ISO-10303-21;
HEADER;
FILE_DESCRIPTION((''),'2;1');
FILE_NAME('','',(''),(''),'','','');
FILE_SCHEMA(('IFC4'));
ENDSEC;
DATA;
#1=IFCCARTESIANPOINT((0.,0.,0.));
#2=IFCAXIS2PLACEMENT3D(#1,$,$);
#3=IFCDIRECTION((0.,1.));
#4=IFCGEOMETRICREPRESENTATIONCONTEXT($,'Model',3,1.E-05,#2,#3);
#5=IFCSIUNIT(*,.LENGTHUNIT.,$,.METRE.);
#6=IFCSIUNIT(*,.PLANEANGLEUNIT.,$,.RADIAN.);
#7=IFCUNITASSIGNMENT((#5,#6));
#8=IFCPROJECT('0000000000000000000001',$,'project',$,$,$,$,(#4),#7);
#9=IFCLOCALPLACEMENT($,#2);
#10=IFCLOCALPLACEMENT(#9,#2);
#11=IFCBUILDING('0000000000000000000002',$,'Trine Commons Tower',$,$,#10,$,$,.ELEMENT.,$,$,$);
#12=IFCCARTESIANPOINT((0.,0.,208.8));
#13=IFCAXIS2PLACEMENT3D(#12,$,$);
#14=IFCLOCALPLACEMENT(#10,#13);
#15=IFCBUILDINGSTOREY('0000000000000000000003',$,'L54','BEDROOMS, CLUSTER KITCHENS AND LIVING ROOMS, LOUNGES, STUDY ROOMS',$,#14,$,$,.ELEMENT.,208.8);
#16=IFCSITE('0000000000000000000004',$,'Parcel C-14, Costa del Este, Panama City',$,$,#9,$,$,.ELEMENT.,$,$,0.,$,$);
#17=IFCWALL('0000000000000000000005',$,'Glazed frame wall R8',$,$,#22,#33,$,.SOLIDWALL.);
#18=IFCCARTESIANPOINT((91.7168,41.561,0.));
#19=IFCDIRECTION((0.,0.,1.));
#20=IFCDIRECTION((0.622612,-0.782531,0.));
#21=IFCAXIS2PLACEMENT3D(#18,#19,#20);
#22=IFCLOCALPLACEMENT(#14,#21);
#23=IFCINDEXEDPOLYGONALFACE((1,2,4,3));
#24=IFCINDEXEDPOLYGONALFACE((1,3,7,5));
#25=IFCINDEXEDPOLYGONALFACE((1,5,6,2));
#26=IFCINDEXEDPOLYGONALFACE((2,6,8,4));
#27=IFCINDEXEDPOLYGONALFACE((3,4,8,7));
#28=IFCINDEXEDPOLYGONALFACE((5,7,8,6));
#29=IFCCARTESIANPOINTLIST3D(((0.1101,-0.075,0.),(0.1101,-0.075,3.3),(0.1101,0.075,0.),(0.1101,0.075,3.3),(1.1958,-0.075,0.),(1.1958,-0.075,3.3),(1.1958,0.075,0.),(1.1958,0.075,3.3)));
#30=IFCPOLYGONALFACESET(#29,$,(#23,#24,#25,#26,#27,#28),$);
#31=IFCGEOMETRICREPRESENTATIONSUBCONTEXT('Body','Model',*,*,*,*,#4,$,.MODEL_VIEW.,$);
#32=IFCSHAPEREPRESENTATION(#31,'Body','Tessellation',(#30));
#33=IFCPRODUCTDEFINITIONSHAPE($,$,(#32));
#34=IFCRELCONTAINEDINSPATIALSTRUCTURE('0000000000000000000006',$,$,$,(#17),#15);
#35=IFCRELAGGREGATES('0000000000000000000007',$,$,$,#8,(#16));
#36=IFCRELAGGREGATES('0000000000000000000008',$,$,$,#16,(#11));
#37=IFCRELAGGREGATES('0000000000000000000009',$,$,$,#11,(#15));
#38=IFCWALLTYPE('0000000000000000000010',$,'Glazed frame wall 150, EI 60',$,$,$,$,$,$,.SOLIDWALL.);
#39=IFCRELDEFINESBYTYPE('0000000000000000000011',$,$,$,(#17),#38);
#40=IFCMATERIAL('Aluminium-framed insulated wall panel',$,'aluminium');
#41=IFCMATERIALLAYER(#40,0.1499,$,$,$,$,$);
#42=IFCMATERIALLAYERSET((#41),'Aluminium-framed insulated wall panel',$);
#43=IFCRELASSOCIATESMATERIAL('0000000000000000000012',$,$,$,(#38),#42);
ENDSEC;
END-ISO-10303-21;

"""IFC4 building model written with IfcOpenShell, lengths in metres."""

from ifc_helpers import new_model, si_unit, direction, frame, origin, place, context, subcontext, project, spatial, polyline, outline, extrude, material, layer, layer_set, type_object, element, save


model = new_model("IFC4")

# Units and contexts
model_context = context("Model", 3, precision=1e-05, world=origin(), true_north=direction((0.0, 1.0)))
body_context = subcontext(model_context, "Body", "Model", "MODEL_VIEW")
ifc_project = project(units=[si_unit("LENGTHUNIT", "METRE"), si_unit("PLANEANGLEUNIT", "RADIAN")], contexts=[model_context])

# Site, building, storey
site_placement = place(None, origin())
site = spatial("IfcSite", under=ifc_project, at=site_placement, Name="Parcel C-14, Costa del Este, Panama City", CompositionType="ELEMENT", RefElevation=0.0)
building_placement = place(site_placement, origin())
building = spatial("IfcBuilding", under=site, at=building_placement, Name="Trine Commons Tower", CompositionType="ELEMENT")
storey_placement = place(building_placement, frame((0.0, 0.0, 208.8)))
storey = spatial("IfcBuildingStorey", under=building, at=storey_placement, Name="L54", Description="BEDROOMS, CLUSTER KITCHENS AND LIVING ROOMS, LOUNGES, STUDY ROOMS", CompositionType="ELEMENT", Elevation=208.8)

# Wall
ifc_material_1 = material(Name="Aluminium-framed insulated wall panel", Category="aluminium")
ifc_layer_1 = layer(ifc_material_1, 0.1499)
ifc_layer_set_1 = layer_set([ifc_layer_1], Name="Aluminium-framed insulated wall panel")
wall_type_1 = type_object("IfcWallType", Name="Glazed frame wall 150, EI 60", PredefinedType="SOLIDWALL", material=ifc_layer_set_1)
wall_1_placement = place(storey_placement, frame((91.7168, 41.561, 0.0), z_axis=(0.0, 0.0, 1.0), x_axis=(0.622612, -0.782531, 0.0)))
element("IfcWall", 1, at=wall_1_placement, inside=storey, type_object=wall_type_1, Name="Glazed frame wall R8", PredefinedType="SOLIDWALL", context=body_context, shape_type="SweptSolid", body=[
    extrude(outline(polyline([(0.1101, 0.075), (0.1101, -0.075), (1.1958, -0.075), (1.1958, 0.075), (0.1101, 0.075)])), origin(), (0.0, 0.0, 1.0), 3.3),
])

save(model, "model.ifc")
